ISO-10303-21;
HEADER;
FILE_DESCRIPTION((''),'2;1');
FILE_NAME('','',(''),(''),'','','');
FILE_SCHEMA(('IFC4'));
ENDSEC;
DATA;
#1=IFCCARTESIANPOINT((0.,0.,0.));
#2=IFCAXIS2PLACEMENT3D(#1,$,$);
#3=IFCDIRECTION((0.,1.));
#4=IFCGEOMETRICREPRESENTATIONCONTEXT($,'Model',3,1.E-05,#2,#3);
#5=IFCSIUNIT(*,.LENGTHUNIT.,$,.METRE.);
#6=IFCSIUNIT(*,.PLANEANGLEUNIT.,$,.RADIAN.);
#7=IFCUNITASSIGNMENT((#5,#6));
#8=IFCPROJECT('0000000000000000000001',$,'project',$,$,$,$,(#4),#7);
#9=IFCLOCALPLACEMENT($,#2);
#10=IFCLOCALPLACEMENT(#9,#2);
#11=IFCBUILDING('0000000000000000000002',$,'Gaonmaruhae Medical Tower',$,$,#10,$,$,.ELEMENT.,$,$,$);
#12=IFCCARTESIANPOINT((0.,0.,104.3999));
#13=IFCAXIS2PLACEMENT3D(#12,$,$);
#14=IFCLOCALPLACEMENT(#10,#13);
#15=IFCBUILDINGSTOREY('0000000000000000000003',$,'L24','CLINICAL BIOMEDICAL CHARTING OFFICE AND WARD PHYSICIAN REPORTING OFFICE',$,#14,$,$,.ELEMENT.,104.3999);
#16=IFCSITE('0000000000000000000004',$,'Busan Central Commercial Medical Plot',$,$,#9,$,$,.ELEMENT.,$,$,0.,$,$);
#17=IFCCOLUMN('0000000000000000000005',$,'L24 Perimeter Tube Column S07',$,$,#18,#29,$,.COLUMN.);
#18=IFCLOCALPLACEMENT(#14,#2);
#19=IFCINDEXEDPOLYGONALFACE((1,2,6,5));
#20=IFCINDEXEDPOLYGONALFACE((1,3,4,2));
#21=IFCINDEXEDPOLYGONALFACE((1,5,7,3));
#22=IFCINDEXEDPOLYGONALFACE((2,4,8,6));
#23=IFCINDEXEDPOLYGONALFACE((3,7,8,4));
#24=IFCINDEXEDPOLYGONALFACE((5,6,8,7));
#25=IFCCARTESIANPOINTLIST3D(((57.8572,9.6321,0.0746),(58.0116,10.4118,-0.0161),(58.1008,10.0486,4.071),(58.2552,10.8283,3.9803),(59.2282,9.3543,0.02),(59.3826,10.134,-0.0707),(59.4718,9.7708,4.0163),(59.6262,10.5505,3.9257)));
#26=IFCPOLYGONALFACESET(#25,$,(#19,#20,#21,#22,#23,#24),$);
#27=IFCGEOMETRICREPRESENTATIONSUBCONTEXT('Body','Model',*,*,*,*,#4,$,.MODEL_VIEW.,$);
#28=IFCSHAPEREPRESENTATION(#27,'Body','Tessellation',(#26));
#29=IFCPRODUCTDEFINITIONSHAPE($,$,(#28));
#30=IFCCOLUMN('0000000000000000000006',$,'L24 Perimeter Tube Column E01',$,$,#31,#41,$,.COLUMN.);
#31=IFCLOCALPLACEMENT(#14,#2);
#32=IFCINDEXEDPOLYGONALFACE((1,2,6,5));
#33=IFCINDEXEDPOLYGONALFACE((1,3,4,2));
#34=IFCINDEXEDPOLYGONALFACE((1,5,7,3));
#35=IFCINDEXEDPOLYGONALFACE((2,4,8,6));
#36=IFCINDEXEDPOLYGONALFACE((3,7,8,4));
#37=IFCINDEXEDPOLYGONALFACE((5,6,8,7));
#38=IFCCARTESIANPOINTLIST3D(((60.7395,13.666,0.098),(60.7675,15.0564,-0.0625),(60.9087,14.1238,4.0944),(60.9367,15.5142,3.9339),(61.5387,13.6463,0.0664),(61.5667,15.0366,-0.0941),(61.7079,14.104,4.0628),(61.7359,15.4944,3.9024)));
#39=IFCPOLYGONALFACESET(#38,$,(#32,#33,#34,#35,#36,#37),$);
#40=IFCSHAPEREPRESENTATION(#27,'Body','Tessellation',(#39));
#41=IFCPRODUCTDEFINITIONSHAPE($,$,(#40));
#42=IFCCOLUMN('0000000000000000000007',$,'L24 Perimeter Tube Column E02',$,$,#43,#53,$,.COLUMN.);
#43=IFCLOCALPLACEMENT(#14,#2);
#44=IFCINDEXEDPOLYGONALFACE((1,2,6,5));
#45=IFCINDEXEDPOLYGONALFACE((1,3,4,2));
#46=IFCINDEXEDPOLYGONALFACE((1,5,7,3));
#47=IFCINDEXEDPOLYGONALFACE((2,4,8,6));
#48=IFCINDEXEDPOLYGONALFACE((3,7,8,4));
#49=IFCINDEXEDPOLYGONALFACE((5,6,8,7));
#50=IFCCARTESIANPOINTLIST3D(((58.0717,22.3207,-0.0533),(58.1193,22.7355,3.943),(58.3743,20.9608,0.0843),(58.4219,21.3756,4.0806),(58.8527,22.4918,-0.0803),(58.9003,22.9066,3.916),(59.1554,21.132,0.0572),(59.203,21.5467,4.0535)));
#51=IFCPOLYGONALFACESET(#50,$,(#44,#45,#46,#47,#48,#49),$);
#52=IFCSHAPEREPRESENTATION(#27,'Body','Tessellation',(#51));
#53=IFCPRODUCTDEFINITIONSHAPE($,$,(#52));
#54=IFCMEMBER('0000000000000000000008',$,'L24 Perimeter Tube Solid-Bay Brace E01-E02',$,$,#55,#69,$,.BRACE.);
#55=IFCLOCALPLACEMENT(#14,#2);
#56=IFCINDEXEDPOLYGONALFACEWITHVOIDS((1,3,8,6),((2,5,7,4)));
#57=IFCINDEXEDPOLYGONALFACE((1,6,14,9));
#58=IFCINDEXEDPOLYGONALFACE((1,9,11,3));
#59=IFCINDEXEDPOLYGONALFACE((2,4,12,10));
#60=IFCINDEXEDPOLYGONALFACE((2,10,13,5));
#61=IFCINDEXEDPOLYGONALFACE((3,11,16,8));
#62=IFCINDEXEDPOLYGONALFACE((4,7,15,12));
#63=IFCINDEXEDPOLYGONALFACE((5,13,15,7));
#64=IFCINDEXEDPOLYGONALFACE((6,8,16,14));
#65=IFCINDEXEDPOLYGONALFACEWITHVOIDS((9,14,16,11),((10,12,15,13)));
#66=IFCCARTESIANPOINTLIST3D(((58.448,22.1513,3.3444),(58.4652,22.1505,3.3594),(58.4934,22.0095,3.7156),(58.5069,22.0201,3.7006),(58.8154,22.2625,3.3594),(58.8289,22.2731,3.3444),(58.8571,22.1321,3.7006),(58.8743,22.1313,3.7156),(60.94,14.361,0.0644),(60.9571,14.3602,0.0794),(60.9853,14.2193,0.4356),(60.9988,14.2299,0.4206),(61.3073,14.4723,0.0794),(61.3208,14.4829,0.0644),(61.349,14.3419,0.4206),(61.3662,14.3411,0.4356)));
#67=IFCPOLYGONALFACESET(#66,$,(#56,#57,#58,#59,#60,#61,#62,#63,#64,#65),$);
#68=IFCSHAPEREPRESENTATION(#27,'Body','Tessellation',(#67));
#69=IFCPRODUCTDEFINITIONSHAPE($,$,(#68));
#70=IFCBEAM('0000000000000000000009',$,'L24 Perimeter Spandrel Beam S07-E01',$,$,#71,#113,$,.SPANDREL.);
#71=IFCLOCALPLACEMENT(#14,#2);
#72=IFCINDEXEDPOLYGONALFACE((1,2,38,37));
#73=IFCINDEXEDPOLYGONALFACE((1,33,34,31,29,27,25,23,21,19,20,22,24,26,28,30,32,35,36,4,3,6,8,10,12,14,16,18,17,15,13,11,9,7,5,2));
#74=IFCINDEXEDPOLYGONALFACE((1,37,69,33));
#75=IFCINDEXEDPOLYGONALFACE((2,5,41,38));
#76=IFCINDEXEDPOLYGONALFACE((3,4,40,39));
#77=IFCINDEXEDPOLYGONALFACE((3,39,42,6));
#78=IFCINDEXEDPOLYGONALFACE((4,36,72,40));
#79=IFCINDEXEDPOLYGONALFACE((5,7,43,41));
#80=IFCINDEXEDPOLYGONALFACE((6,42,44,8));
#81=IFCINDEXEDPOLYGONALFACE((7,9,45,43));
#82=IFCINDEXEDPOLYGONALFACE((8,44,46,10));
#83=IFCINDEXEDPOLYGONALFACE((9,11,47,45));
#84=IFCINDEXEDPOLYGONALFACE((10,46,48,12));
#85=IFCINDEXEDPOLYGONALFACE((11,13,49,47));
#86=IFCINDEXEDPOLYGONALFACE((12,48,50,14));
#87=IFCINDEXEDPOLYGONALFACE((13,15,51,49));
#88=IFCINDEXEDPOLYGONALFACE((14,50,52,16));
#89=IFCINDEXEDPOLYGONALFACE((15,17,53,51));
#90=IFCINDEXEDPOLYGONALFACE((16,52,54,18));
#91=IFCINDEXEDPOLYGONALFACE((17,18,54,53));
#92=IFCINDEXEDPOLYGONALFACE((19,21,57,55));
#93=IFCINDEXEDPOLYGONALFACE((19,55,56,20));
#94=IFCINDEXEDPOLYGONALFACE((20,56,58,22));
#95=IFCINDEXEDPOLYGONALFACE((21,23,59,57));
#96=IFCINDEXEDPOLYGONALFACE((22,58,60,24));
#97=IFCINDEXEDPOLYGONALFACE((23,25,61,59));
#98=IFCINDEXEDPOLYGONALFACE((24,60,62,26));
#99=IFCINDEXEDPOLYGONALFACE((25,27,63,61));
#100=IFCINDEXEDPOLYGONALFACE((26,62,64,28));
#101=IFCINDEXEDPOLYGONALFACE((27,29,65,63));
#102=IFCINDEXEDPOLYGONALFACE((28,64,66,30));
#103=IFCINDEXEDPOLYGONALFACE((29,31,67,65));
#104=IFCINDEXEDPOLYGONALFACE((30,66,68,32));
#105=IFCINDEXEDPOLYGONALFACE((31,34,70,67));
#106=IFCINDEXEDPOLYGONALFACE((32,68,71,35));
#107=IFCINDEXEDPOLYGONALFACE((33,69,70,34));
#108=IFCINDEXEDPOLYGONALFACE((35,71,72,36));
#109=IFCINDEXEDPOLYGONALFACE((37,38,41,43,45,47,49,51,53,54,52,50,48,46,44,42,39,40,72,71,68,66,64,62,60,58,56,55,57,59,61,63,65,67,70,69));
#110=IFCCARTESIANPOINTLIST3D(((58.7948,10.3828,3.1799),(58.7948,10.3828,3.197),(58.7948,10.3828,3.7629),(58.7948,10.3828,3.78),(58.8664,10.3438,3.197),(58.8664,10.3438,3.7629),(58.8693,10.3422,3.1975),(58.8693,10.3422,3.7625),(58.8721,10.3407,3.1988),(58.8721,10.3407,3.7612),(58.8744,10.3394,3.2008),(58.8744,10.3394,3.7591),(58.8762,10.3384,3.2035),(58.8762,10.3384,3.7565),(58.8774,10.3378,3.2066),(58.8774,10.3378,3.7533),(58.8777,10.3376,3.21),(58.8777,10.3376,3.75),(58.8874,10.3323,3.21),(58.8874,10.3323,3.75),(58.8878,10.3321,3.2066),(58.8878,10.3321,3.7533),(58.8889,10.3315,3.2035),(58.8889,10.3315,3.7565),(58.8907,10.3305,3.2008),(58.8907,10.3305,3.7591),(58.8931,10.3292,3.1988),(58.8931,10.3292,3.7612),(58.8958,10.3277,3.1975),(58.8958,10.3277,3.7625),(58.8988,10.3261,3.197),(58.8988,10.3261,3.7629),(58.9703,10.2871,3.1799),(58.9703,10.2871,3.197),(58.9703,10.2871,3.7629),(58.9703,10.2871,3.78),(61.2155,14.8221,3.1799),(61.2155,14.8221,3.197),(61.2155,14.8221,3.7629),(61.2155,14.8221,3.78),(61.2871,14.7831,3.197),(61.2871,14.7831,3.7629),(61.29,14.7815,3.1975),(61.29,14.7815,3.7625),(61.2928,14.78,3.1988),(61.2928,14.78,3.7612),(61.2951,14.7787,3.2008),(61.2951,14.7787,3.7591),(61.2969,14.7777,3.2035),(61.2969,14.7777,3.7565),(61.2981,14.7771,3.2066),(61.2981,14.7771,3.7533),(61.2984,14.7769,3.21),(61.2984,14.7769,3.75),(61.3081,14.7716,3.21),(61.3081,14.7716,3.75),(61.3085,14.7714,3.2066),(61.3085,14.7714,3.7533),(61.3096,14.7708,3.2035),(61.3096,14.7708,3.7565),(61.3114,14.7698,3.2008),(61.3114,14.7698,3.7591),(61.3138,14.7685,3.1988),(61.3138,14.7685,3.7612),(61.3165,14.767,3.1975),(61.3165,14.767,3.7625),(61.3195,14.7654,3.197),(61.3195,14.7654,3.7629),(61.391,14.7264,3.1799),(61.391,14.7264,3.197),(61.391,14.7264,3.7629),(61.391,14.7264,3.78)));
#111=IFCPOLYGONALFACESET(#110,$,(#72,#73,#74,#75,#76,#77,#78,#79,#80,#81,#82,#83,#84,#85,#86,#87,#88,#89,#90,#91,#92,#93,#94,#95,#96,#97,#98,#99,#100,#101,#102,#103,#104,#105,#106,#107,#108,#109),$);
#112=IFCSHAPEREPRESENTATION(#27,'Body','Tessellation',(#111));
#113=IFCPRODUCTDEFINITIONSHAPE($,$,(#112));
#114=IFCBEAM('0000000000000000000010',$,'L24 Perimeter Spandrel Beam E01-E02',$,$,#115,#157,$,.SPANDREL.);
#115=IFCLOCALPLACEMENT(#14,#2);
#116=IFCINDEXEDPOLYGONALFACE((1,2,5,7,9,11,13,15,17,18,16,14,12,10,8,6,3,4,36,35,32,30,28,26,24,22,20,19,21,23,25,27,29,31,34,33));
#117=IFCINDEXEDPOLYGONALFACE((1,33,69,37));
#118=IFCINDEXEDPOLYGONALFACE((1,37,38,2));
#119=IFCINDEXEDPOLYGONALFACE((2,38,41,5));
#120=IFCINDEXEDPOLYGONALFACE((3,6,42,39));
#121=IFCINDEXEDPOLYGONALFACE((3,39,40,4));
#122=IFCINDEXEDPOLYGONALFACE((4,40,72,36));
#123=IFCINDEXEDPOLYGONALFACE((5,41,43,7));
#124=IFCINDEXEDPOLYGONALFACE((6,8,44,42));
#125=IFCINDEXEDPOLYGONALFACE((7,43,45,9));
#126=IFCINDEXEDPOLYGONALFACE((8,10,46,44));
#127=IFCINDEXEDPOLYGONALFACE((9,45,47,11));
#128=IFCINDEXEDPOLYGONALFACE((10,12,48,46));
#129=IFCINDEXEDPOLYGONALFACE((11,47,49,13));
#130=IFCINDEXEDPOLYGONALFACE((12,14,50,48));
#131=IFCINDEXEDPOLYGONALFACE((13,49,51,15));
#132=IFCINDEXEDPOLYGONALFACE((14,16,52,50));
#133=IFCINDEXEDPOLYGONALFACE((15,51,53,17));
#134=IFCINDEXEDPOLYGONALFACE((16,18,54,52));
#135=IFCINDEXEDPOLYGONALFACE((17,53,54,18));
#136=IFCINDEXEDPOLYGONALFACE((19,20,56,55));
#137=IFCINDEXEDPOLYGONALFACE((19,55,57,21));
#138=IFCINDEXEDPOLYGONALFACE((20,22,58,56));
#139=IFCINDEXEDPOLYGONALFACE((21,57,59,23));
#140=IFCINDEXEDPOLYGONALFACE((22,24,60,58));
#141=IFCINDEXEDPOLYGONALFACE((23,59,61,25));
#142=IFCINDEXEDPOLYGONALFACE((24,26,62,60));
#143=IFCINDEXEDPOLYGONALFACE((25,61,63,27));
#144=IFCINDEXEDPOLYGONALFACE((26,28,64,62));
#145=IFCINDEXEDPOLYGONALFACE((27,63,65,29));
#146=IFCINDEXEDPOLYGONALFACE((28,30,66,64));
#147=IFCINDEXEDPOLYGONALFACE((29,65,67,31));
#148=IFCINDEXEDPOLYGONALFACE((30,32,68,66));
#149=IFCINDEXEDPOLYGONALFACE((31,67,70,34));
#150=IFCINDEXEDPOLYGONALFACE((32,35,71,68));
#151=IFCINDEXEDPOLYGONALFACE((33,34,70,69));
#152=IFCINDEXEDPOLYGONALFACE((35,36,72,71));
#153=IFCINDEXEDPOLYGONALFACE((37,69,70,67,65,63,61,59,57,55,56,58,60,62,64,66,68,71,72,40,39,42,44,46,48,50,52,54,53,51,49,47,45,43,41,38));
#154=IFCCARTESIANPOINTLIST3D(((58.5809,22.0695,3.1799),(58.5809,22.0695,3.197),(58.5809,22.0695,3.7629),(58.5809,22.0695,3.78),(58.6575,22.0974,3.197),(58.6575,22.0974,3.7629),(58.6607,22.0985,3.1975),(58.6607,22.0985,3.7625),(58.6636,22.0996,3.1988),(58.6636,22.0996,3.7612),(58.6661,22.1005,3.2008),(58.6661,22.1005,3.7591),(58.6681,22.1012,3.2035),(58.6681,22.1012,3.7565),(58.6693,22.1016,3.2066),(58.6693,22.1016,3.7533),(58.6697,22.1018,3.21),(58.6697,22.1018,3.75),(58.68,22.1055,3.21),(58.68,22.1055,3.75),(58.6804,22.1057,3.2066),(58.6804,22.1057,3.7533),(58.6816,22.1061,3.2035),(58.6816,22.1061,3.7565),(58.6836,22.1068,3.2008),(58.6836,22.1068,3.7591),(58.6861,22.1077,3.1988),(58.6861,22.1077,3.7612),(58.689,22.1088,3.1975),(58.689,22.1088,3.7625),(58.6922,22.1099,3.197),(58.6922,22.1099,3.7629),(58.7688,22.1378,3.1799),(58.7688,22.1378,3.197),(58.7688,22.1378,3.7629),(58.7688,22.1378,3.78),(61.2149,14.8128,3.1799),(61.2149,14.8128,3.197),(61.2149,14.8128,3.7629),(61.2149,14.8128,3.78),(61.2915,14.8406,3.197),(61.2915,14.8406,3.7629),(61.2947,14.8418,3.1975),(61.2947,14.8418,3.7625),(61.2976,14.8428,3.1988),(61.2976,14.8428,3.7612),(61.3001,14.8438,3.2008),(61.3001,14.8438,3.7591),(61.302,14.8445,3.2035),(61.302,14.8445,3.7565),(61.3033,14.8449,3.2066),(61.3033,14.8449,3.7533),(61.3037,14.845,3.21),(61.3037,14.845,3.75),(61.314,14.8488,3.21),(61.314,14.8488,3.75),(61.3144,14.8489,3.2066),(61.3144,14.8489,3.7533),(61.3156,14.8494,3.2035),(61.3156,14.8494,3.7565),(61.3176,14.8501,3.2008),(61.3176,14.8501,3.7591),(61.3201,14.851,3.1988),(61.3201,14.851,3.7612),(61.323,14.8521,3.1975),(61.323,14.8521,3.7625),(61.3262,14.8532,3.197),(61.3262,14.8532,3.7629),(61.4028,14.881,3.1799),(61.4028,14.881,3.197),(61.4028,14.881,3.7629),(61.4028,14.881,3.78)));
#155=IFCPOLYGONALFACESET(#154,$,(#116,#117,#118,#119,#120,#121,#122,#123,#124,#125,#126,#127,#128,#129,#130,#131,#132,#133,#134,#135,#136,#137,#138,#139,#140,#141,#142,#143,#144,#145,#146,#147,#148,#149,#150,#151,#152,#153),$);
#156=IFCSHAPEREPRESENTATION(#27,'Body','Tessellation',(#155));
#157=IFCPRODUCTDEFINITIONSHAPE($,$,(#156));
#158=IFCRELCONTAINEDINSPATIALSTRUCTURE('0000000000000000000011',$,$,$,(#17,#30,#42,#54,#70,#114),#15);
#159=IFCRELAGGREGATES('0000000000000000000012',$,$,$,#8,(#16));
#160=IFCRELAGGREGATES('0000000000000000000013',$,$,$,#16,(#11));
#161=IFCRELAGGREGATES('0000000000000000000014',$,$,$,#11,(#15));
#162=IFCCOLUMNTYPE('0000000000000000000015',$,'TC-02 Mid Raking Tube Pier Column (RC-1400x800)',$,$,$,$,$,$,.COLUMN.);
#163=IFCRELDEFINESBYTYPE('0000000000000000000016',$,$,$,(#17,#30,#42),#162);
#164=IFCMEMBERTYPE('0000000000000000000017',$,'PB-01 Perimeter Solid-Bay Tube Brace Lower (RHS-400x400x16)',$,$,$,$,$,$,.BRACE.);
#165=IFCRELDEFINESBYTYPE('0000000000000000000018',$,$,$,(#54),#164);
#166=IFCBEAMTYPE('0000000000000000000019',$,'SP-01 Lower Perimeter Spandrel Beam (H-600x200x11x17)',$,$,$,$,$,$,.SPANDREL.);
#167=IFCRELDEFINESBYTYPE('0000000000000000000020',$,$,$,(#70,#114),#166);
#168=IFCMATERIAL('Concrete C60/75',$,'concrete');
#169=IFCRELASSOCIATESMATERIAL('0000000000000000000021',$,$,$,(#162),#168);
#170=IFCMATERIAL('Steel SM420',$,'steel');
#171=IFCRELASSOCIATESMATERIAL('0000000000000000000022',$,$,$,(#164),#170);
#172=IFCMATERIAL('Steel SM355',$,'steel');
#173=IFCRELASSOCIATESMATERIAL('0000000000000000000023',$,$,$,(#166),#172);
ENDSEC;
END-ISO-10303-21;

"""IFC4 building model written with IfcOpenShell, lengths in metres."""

from ifc_helpers import new_model, si_unit, direction, frame, origin, origin_2d, place, context, subcontext, project, spatial, rectangle, hollow_rectangle, i_section, extrude, material, material_profile, profile_set, type_object, element, save


model = new_model("IFC4")

# Units and contexts
model_context = context("Model", 3, precision=1e-05, world=origin(), true_north=direction((0.0, 1.0)))
body_context = subcontext(model_context, "Body", "Model", "MODEL_VIEW")
ifc_project = project(units=[si_unit("LENGTHUNIT", "METRE"), si_unit("PLANEANGLEUNIT", "RADIAN")], contexts=[model_context])

# Site, building, storey
site_placement = place(None, origin())
site = spatial("IfcSite", under=ifc_project, at=site_placement, Name="Busan Central Commercial Medical Plot", CompositionType="ELEMENT", RefElevation=0.0)
building_placement = place(site_placement, origin())
building = spatial("IfcBuilding", under=site, at=building_placement, Name="Gaonmaruhae Medical Tower", CompositionType="ELEMENT")
storey_placement = place(building_placement, frame((0.0, 0.0, 104.3999)))
storey = spatial("IfcBuildingStorey", under=building, at=storey_placement, Name="L24", Description="CLINICAL BIOMEDICAL CHARTING OFFICE AND WARD PHYSICIAN REPORTING OFFICE", CompositionType="ELEMENT", Elevation=104.3999)

# Columns
ifc_material_1 = material(Name="Concrete C60/75", Category="concrete")
ifc_material_profile_1 = material_profile(ifc_material_1, rectangle(XDim=1.3999, YDim=0.8, at=origin_2d()), Name="RC-1400x800")
ifc_profile_set_1 = profile_set([ifc_material_profile_1], Name="Concrete C60/75")
column_type = type_object("IfcColumnType", Name="TC-02 Mid Raking Tube Pier Column (RC-1400x800)", PredefinedType="COLUMN", material=ifc_profile_set_1)
column_1_placement = place(storey_placement, frame((58.6199, 9.8831, 0.002), z_axis=(0.060529, 0.10347, 0.992789), x_axis=(-0.979335, 0.198441, 0.039027)))
element("IfcColumn", 1, at=column_1_placement, inside=storey, type_object=column_type, Name="L24 Perimeter Tube Column S07", PredefinedType="COLUMN", context=body_context, shape_type="SweptSolid", body=[
    extrude(rectangle(XDim=1.3999, YDim=0.8, at=origin_2d()), origin(), (0.0, 0.0, 1.0), 4.0254),
])
column_2_placement = place(storey_placement, frame((61.1531, 14.3513, 0.002), z_axis=(0.042024, 0.113701, 0.992626), x_axis=(-0.019996, -0.993209, 0.114614)))
element("IfcColumn", 2, at=column_2_placement, inside=storey, type_object=column_type, Name="L24 Perimeter Tube Column E01", PredefinedType="COLUMN", context=body_context, shape_type="SweptSolid", body=[
    extrude(rectangle(XDim=1.3999, YDim=0.8, at=origin_2d()), origin(), (0.0, 0.0, 1.0), 4.0261),
])
column_3_placement = place(storey_placement, frame((58.6135, 21.7263, 0.002), z_axis=(0.011848, 0.103232, 0.994587), x_axis=(0.216216, -0.97139, 0.098248)))
element("IfcColumn", 3, at=column_3_placement, inside=storey, type_object=column_type, Name="L24 Perimeter Tube Column E02", PredefinedType="COLUMN", context=body_context, shape_type="SweptSolid", body=[
    extrude(rectangle(XDim=1.3999, YDim=0.8, at=origin_2d()), origin(), (0.0, 0.0, 1.0), 4.0181),
])

# Member
ifc_material_2 = material(Name="Steel SM420", Category="steel")
ifc_material_profile_2 = material_profile(ifc_material_2, hollow_rectangle(XDim=0.3999, YDim=0.3999, WallThickness=0.0161, at=origin_2d()), Name="RHS-400x400x16")
ifc_profile_set_2 = profile_set([ifc_material_profile_2], Name="Steel SM420")
member_type = type_object("IfcMemberType", Name="PB-01 Perimeter Solid-Bay Tube Brace Lower (RHS-400x400x16)", PredefinedType="BRACE", material=ifc_profile_set_2)
member_placement = place(storey_placement, frame((61.1531, 14.3511, 0.25), z_axis=(-0.28278, 0.884022, 0.37221), x_axis=(-0.952458, -0.304671, 0.0)))
element("IfcMember", 4, at=member_placement, inside=storey, type_object=member_type, Name="L24 Perimeter Tube Solid-Bay Brace E01-E02", PredefinedType="BRACE", context=body_context, shape_type="SweptSolid", body=[
    extrude(hollow_rectangle(XDim=0.3999, YDim=0.3999, WallThickness=0.0161, at=origin_2d()), origin(), (0.0, 0.0, 1.0), 8.8123),
])

# Beams
ifc_material_3 = material(Name="Steel SM355", Category="steel")
ifc_material_profile_3 = material_profile(ifc_material_3, i_section(OverallWidth=0.2, OverallDepth=0.6001, WebThickness=0.011, FlangeThickness=0.0171, FilletRadius=0.0129, at=origin_2d()), Name="H-600x200x11x17")
ifc_profile_set_3 = profile_set([ifc_material_profile_3], Name="Steel SM355")
beam_type = type_object("IfcBeamType", Name="SP-01 Lower Perimeter Spandrel Beam (H-600x200x11x17)", PredefinedType="SPANDREL", material=ifc_profile_set_3)
beam_1_placement = place(storey_placement, frame((58.8826, 10.335, 3.48), z_axis=(0.47874, 0.877956, 0.0), x_axis=(-0.877956, 0.47874, 0.0)))
element("IfcBeam", 5, at=beam_1_placement, inside=storey, type_object=beam_type, Name="L24 Perimeter Spandrel Beam S07-E01", PredefinedType="SPANDREL", context=body_context, shape_type="SweptSolid", body=[
    extrude(i_section(OverallWidth=0.2, OverallDepth=0.6001, WebThickness=0.011, FlangeThickness=0.0171, FilletRadius=0.0129, at=origin_2d()), origin(), (0.0, 0.0, 1.0), 5.0564),
])
beam_2_placement = place(storey_placement, frame((61.3088, 14.8469, 3.48), z_axis=(-0.341192, 0.939994, 0.0), x_axis=(-0.939994, -0.341192, 0.0)))
element("IfcBeam", 6, at=beam_2_placement, inside=storey, type_object=beam_type, Name="L24 Perimeter Spandrel Beam E01-E02", PredefinedType="SPANDREL", context=body_context, shape_type="SweptSolid", body=[
    extrude(i_section(OverallWidth=0.2, OverallDepth=0.6001, WebThickness=0.011, FlangeThickness=0.0171, FilletRadius=0.0129, at=origin_2d()), origin(), (0.0, 0.0, 1.0), 7.72),
])

save(model, "model.ifc")
